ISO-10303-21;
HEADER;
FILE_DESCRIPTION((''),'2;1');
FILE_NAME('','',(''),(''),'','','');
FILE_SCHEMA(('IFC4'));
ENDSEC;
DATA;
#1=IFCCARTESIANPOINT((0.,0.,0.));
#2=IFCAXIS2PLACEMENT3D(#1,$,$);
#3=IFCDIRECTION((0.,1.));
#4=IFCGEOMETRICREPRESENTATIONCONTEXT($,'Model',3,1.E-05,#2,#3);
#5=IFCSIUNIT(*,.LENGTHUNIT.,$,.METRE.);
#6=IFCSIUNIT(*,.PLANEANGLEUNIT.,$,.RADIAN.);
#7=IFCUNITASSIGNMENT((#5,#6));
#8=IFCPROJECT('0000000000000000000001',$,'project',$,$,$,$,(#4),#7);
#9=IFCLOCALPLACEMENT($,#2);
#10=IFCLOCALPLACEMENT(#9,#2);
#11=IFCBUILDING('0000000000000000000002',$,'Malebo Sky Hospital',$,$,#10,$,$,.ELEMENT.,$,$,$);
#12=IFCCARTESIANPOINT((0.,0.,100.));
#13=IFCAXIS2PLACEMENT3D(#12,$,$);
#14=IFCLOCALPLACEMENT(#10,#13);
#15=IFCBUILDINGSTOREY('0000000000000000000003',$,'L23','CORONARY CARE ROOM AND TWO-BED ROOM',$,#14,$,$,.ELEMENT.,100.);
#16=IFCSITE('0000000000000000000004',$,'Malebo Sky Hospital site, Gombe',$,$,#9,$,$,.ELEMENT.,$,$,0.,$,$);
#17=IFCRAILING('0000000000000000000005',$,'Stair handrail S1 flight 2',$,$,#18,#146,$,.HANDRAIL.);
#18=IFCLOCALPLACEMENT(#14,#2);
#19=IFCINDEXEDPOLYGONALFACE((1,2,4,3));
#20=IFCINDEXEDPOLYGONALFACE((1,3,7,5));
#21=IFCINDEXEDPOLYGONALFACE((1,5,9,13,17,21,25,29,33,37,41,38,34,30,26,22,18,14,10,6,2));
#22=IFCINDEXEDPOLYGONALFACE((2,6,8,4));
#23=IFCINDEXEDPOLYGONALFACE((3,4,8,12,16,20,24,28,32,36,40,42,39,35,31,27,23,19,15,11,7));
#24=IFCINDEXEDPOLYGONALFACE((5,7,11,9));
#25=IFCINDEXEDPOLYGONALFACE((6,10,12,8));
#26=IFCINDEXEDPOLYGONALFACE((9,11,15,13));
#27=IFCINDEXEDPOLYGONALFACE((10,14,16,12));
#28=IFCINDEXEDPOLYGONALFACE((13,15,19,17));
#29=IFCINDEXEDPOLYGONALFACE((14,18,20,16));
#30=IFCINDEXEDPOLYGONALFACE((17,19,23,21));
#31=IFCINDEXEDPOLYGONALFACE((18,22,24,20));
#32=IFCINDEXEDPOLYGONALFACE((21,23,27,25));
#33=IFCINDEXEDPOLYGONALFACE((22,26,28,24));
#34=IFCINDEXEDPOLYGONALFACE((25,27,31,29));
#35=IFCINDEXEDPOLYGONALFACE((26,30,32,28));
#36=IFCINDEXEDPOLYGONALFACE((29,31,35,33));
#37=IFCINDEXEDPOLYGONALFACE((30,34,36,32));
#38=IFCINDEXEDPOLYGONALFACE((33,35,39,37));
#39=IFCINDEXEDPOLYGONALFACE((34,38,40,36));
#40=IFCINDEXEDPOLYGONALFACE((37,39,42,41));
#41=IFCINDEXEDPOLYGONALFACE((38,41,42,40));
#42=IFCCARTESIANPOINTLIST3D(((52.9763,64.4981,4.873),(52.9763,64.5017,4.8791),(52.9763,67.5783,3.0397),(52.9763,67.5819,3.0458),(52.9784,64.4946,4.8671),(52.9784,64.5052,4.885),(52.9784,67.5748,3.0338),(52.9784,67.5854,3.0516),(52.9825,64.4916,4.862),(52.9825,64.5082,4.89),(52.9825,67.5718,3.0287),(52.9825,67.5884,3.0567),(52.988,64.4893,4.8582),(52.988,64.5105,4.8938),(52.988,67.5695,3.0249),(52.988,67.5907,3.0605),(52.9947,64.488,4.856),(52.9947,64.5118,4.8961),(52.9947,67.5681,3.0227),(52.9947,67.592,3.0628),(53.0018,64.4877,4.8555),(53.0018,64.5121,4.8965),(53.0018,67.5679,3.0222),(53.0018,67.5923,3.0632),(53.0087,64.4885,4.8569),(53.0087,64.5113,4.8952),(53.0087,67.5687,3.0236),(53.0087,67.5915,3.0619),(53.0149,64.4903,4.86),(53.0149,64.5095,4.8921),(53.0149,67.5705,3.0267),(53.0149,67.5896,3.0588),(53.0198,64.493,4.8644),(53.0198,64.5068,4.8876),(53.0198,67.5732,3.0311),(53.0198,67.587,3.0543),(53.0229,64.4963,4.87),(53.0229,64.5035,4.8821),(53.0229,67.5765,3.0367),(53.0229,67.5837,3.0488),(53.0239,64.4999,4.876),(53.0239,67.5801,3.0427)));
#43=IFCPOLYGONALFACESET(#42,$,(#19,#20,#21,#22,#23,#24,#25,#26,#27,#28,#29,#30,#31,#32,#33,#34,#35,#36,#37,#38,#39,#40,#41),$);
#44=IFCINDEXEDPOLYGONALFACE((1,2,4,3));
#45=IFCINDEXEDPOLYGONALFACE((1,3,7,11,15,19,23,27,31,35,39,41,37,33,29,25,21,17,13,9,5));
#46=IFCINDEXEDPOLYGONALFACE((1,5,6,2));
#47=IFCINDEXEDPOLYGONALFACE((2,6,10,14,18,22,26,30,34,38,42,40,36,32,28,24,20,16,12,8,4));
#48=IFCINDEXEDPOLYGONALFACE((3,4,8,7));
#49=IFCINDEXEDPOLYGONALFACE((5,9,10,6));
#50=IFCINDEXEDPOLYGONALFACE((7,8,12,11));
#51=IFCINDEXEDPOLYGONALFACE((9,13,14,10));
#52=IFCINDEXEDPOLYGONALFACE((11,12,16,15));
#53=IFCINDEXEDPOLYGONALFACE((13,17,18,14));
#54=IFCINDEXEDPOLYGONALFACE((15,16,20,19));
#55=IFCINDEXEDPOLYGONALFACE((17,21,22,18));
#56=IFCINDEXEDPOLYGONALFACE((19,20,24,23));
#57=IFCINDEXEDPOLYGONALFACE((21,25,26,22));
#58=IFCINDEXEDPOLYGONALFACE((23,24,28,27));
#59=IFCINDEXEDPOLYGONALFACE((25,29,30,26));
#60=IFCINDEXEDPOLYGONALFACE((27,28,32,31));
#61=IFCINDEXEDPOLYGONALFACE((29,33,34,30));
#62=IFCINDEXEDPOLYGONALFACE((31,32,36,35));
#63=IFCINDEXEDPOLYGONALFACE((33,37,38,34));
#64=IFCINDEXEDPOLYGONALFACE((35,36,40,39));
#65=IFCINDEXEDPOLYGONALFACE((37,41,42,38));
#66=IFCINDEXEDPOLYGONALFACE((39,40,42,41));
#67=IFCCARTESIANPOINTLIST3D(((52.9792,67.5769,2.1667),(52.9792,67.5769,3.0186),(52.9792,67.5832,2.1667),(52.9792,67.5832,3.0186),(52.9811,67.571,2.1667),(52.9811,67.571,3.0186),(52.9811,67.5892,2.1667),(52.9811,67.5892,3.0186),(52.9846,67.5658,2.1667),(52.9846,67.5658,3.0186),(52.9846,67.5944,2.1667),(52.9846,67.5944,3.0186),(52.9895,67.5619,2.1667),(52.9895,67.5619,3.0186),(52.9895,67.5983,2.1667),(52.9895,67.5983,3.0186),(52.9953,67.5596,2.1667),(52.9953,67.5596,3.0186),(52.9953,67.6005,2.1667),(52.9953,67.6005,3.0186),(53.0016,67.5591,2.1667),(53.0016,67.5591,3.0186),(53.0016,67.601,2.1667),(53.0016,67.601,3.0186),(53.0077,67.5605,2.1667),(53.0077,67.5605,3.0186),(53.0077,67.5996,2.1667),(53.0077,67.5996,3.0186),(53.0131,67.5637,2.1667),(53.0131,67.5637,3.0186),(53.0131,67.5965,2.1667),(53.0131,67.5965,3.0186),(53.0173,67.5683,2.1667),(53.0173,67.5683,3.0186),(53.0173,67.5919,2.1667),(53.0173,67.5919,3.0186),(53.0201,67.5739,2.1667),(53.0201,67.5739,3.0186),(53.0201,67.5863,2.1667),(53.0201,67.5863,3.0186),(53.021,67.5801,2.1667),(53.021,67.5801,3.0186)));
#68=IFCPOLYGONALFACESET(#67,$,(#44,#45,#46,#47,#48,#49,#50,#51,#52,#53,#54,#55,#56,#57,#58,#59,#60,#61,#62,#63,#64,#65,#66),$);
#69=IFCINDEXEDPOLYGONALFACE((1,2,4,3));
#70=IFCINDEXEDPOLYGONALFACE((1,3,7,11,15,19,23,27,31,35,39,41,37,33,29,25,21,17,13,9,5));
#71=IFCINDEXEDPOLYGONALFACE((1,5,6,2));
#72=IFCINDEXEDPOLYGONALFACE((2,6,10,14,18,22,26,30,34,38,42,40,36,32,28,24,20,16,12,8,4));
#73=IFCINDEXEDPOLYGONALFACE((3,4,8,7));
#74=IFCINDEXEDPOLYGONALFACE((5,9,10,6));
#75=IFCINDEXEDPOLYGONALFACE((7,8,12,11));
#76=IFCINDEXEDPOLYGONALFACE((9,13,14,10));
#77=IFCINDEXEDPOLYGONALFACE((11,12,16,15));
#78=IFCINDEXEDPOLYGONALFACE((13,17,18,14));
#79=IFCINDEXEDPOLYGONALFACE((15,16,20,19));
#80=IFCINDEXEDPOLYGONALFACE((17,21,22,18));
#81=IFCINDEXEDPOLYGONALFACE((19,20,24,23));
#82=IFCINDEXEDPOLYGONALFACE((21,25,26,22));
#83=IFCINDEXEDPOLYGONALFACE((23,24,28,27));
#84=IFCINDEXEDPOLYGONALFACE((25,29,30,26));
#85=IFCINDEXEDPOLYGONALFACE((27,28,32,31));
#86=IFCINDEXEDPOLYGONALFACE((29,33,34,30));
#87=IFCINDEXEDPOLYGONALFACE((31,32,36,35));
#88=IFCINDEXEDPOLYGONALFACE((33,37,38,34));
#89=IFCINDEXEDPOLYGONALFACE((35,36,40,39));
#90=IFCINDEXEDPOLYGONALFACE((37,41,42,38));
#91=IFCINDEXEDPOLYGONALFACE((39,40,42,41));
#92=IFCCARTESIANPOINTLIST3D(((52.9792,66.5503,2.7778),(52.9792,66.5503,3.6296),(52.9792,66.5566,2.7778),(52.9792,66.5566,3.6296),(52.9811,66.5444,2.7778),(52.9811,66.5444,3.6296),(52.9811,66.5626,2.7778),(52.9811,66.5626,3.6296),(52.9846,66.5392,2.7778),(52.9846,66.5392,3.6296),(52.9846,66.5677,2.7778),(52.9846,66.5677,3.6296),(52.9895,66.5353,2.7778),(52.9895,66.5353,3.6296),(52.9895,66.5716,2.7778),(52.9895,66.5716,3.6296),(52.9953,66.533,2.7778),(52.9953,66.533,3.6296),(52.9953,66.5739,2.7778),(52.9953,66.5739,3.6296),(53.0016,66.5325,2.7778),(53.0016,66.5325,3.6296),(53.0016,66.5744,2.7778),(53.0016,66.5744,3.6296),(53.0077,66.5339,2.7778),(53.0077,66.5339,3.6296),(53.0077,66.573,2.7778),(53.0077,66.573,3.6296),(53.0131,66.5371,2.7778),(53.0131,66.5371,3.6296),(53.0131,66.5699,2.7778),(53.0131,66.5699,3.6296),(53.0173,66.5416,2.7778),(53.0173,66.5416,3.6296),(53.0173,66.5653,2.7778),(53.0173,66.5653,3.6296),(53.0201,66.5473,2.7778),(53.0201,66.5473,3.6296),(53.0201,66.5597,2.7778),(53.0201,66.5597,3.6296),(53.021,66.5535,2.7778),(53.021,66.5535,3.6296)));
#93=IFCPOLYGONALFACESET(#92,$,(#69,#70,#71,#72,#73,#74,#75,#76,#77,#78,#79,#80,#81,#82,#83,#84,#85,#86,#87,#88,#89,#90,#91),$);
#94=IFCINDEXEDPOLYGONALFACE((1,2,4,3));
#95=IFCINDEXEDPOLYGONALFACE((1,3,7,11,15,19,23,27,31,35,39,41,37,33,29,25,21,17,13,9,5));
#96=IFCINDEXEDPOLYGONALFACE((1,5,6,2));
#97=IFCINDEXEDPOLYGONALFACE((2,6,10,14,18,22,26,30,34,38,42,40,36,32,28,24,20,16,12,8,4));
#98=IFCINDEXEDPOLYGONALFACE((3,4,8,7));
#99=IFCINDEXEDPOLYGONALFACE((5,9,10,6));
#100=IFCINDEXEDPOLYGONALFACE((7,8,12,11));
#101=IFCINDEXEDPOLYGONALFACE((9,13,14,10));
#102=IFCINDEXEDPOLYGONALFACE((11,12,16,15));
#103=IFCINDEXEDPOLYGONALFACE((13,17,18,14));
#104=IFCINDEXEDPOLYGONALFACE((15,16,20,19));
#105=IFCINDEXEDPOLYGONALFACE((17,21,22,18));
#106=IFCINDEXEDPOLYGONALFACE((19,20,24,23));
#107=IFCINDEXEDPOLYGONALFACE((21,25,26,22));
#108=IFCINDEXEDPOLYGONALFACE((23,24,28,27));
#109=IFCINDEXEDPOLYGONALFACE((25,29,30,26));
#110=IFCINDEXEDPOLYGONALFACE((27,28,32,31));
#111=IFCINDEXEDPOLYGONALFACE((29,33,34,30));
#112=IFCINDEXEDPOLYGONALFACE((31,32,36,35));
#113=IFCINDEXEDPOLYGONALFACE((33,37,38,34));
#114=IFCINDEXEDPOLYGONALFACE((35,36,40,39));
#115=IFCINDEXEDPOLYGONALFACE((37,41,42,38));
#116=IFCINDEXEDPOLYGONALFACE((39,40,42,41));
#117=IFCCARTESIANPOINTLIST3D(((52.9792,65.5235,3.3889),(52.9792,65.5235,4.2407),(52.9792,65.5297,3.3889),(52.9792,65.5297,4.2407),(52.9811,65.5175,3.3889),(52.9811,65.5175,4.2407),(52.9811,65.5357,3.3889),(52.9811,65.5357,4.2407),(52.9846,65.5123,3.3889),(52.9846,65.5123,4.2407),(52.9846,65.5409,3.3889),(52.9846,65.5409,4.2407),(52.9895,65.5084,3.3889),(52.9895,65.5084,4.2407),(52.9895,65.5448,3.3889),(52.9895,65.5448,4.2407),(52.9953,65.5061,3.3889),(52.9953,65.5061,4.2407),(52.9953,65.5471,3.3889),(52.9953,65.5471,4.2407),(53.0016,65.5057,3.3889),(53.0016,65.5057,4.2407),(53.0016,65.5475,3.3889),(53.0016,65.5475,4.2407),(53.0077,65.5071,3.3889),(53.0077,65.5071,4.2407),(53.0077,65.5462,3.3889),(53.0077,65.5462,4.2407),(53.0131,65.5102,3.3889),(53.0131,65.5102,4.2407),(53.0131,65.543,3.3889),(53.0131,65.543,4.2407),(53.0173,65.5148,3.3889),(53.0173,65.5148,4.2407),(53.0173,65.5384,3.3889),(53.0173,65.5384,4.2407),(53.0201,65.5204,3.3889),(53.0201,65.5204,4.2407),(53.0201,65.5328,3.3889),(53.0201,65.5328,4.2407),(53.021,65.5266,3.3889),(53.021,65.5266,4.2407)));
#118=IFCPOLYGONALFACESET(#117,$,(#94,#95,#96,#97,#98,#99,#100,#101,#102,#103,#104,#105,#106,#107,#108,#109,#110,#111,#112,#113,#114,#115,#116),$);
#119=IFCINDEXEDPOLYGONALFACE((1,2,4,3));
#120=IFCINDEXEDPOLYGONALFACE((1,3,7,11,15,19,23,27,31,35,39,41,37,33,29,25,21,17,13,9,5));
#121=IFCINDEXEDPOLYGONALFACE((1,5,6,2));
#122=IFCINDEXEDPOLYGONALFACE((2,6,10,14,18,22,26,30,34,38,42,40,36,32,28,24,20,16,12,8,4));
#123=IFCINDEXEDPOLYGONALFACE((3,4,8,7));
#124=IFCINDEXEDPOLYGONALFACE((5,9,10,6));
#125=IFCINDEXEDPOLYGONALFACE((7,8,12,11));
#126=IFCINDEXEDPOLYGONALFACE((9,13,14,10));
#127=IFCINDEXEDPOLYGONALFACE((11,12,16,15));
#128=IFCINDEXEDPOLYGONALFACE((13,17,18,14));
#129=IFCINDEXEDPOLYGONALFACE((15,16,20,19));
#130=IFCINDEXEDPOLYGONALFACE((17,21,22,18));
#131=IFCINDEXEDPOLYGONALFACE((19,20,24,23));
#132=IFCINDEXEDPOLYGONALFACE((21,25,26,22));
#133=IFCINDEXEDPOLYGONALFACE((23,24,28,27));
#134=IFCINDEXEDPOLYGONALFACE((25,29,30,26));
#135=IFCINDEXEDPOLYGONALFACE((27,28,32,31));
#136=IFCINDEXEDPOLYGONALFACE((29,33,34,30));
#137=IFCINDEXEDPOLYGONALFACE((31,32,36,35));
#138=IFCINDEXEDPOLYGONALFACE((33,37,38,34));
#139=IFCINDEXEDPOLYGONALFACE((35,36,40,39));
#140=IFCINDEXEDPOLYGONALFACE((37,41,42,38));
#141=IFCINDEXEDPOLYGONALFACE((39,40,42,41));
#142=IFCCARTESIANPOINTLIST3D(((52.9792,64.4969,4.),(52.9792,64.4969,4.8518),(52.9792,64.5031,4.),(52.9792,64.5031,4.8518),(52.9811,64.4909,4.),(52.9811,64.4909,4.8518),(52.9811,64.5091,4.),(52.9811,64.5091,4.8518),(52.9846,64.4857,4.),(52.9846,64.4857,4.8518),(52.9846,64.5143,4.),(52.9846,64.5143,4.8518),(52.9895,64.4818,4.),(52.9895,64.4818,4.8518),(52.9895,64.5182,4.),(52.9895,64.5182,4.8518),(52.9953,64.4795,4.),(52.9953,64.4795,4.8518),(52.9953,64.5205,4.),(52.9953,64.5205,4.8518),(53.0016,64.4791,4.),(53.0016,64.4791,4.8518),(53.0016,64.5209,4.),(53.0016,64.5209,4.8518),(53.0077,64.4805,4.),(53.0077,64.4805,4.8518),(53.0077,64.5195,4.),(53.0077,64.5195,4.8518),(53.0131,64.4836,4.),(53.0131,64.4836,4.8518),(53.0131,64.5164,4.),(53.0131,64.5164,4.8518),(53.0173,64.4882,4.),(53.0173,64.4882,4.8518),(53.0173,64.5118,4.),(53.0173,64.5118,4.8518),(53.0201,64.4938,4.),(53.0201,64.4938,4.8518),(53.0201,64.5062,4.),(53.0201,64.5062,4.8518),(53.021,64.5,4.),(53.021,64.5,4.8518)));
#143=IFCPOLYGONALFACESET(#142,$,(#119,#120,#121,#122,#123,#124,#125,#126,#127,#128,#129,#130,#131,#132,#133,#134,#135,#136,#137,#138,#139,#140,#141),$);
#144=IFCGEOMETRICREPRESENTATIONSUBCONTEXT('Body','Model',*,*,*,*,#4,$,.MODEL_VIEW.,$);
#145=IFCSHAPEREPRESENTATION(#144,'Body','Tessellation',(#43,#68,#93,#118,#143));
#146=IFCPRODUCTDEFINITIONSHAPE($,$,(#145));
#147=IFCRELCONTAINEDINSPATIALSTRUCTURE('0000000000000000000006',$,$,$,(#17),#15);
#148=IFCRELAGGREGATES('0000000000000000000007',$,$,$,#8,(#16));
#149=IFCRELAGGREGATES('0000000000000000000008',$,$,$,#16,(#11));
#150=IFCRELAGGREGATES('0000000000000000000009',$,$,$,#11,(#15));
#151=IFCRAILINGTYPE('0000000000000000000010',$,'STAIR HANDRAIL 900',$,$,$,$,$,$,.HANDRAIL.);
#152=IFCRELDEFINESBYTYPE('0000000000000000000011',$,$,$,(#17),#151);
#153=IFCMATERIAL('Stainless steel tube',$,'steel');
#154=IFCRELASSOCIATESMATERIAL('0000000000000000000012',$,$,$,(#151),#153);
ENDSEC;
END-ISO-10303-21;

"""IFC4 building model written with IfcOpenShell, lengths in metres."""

from ifc_helpers import new_model, si_unit, direction, frame, origin, origin_2d, place, context, subcontext, project, spatial, circle, extrude, material, type_object, element, save


model = new_model("IFC4")

# Units and contexts
model_context = context("Model", 3, precision=1e-05, world=origin(), true_north=direction((0.0, 1.0)))
body_context = subcontext(model_context, "Body", "Model", "MODEL_VIEW")
ifc_project = project(units=[si_unit("LENGTHUNIT", "METRE"), si_unit("PLANEANGLEUNIT", "RADIAN")], contexts=[model_context])

# Site, building, storey
site_placement = place(None, origin())
site = spatial("IfcSite", under=ifc_project, at=site_placement, Name="Malebo Sky Hospital site, Gombe", CompositionType="ELEMENT", RefElevation=0.0)
building_placement = place(site_placement, origin())
building = spatial("IfcBuilding", under=site, at=building_placement, Name="Malebo Sky Hospital", CompositionType="ELEMENT")
storey_placement = place(building_placement, frame((0.0, 0.0, 100.0)))
storey = spatial("IfcBuildingStorey", under=building, at=storey_placement, Name="L23", Description="CORONARY CARE ROOM AND TWO-BED ROOM", CompositionType="ELEMENT", Elevation=100.0)

# Railing
ifc_material_1 = material(Name="Stainless steel tube", Category="steel")
railing_type = type_object("IfcRailingType", Name="STAIR HANDRAIL 900", PredefinedType="HANDRAIL", material=ifc_material_1)
railing_1_placement = place(storey_placement, frame((53.0, 67.5801, 2.1667)))
element("IfcRailing", 1, at=railing_1_placement, inside=storey, type_object=railing_type, Name="Stair handrail S1 flight 2", PredefinedType="HANDRAIL", context=body_context, shape_type="SweptSolid", body=[
    extrude(circle(Radius=0.0239, at=origin_2d()), frame((0.0, 0.0, 0.876), z_axis=(0.0, -0.859309, 0.511458), x_axis=(1.0, 0.0, 0.0)), (0.0, 0.0, 1.0), 3.5845),
    extrude(circle(Radius=0.021, at=origin_2d()), origin(), (0.0, 0.0, 1.0), 0.8518),
    extrude(circle(Radius=0.021, at=origin_2d()), frame((0.0, -1.0266, 0.6111)), (0.0, 0.0, 1.0), 0.8518),
    extrude(circle(Radius=0.021, at=origin_2d()), frame((0.0, -2.0535, 1.2222)), (0.0, 0.0, 1.0), 0.8518),
    extrude(circle(Radius=0.021, at=origin_2d()), frame((0.0, -3.0801, 1.8333)), (0.0, 0.0, 1.0), 0.8518),
])

save(model, "model.ifc")
